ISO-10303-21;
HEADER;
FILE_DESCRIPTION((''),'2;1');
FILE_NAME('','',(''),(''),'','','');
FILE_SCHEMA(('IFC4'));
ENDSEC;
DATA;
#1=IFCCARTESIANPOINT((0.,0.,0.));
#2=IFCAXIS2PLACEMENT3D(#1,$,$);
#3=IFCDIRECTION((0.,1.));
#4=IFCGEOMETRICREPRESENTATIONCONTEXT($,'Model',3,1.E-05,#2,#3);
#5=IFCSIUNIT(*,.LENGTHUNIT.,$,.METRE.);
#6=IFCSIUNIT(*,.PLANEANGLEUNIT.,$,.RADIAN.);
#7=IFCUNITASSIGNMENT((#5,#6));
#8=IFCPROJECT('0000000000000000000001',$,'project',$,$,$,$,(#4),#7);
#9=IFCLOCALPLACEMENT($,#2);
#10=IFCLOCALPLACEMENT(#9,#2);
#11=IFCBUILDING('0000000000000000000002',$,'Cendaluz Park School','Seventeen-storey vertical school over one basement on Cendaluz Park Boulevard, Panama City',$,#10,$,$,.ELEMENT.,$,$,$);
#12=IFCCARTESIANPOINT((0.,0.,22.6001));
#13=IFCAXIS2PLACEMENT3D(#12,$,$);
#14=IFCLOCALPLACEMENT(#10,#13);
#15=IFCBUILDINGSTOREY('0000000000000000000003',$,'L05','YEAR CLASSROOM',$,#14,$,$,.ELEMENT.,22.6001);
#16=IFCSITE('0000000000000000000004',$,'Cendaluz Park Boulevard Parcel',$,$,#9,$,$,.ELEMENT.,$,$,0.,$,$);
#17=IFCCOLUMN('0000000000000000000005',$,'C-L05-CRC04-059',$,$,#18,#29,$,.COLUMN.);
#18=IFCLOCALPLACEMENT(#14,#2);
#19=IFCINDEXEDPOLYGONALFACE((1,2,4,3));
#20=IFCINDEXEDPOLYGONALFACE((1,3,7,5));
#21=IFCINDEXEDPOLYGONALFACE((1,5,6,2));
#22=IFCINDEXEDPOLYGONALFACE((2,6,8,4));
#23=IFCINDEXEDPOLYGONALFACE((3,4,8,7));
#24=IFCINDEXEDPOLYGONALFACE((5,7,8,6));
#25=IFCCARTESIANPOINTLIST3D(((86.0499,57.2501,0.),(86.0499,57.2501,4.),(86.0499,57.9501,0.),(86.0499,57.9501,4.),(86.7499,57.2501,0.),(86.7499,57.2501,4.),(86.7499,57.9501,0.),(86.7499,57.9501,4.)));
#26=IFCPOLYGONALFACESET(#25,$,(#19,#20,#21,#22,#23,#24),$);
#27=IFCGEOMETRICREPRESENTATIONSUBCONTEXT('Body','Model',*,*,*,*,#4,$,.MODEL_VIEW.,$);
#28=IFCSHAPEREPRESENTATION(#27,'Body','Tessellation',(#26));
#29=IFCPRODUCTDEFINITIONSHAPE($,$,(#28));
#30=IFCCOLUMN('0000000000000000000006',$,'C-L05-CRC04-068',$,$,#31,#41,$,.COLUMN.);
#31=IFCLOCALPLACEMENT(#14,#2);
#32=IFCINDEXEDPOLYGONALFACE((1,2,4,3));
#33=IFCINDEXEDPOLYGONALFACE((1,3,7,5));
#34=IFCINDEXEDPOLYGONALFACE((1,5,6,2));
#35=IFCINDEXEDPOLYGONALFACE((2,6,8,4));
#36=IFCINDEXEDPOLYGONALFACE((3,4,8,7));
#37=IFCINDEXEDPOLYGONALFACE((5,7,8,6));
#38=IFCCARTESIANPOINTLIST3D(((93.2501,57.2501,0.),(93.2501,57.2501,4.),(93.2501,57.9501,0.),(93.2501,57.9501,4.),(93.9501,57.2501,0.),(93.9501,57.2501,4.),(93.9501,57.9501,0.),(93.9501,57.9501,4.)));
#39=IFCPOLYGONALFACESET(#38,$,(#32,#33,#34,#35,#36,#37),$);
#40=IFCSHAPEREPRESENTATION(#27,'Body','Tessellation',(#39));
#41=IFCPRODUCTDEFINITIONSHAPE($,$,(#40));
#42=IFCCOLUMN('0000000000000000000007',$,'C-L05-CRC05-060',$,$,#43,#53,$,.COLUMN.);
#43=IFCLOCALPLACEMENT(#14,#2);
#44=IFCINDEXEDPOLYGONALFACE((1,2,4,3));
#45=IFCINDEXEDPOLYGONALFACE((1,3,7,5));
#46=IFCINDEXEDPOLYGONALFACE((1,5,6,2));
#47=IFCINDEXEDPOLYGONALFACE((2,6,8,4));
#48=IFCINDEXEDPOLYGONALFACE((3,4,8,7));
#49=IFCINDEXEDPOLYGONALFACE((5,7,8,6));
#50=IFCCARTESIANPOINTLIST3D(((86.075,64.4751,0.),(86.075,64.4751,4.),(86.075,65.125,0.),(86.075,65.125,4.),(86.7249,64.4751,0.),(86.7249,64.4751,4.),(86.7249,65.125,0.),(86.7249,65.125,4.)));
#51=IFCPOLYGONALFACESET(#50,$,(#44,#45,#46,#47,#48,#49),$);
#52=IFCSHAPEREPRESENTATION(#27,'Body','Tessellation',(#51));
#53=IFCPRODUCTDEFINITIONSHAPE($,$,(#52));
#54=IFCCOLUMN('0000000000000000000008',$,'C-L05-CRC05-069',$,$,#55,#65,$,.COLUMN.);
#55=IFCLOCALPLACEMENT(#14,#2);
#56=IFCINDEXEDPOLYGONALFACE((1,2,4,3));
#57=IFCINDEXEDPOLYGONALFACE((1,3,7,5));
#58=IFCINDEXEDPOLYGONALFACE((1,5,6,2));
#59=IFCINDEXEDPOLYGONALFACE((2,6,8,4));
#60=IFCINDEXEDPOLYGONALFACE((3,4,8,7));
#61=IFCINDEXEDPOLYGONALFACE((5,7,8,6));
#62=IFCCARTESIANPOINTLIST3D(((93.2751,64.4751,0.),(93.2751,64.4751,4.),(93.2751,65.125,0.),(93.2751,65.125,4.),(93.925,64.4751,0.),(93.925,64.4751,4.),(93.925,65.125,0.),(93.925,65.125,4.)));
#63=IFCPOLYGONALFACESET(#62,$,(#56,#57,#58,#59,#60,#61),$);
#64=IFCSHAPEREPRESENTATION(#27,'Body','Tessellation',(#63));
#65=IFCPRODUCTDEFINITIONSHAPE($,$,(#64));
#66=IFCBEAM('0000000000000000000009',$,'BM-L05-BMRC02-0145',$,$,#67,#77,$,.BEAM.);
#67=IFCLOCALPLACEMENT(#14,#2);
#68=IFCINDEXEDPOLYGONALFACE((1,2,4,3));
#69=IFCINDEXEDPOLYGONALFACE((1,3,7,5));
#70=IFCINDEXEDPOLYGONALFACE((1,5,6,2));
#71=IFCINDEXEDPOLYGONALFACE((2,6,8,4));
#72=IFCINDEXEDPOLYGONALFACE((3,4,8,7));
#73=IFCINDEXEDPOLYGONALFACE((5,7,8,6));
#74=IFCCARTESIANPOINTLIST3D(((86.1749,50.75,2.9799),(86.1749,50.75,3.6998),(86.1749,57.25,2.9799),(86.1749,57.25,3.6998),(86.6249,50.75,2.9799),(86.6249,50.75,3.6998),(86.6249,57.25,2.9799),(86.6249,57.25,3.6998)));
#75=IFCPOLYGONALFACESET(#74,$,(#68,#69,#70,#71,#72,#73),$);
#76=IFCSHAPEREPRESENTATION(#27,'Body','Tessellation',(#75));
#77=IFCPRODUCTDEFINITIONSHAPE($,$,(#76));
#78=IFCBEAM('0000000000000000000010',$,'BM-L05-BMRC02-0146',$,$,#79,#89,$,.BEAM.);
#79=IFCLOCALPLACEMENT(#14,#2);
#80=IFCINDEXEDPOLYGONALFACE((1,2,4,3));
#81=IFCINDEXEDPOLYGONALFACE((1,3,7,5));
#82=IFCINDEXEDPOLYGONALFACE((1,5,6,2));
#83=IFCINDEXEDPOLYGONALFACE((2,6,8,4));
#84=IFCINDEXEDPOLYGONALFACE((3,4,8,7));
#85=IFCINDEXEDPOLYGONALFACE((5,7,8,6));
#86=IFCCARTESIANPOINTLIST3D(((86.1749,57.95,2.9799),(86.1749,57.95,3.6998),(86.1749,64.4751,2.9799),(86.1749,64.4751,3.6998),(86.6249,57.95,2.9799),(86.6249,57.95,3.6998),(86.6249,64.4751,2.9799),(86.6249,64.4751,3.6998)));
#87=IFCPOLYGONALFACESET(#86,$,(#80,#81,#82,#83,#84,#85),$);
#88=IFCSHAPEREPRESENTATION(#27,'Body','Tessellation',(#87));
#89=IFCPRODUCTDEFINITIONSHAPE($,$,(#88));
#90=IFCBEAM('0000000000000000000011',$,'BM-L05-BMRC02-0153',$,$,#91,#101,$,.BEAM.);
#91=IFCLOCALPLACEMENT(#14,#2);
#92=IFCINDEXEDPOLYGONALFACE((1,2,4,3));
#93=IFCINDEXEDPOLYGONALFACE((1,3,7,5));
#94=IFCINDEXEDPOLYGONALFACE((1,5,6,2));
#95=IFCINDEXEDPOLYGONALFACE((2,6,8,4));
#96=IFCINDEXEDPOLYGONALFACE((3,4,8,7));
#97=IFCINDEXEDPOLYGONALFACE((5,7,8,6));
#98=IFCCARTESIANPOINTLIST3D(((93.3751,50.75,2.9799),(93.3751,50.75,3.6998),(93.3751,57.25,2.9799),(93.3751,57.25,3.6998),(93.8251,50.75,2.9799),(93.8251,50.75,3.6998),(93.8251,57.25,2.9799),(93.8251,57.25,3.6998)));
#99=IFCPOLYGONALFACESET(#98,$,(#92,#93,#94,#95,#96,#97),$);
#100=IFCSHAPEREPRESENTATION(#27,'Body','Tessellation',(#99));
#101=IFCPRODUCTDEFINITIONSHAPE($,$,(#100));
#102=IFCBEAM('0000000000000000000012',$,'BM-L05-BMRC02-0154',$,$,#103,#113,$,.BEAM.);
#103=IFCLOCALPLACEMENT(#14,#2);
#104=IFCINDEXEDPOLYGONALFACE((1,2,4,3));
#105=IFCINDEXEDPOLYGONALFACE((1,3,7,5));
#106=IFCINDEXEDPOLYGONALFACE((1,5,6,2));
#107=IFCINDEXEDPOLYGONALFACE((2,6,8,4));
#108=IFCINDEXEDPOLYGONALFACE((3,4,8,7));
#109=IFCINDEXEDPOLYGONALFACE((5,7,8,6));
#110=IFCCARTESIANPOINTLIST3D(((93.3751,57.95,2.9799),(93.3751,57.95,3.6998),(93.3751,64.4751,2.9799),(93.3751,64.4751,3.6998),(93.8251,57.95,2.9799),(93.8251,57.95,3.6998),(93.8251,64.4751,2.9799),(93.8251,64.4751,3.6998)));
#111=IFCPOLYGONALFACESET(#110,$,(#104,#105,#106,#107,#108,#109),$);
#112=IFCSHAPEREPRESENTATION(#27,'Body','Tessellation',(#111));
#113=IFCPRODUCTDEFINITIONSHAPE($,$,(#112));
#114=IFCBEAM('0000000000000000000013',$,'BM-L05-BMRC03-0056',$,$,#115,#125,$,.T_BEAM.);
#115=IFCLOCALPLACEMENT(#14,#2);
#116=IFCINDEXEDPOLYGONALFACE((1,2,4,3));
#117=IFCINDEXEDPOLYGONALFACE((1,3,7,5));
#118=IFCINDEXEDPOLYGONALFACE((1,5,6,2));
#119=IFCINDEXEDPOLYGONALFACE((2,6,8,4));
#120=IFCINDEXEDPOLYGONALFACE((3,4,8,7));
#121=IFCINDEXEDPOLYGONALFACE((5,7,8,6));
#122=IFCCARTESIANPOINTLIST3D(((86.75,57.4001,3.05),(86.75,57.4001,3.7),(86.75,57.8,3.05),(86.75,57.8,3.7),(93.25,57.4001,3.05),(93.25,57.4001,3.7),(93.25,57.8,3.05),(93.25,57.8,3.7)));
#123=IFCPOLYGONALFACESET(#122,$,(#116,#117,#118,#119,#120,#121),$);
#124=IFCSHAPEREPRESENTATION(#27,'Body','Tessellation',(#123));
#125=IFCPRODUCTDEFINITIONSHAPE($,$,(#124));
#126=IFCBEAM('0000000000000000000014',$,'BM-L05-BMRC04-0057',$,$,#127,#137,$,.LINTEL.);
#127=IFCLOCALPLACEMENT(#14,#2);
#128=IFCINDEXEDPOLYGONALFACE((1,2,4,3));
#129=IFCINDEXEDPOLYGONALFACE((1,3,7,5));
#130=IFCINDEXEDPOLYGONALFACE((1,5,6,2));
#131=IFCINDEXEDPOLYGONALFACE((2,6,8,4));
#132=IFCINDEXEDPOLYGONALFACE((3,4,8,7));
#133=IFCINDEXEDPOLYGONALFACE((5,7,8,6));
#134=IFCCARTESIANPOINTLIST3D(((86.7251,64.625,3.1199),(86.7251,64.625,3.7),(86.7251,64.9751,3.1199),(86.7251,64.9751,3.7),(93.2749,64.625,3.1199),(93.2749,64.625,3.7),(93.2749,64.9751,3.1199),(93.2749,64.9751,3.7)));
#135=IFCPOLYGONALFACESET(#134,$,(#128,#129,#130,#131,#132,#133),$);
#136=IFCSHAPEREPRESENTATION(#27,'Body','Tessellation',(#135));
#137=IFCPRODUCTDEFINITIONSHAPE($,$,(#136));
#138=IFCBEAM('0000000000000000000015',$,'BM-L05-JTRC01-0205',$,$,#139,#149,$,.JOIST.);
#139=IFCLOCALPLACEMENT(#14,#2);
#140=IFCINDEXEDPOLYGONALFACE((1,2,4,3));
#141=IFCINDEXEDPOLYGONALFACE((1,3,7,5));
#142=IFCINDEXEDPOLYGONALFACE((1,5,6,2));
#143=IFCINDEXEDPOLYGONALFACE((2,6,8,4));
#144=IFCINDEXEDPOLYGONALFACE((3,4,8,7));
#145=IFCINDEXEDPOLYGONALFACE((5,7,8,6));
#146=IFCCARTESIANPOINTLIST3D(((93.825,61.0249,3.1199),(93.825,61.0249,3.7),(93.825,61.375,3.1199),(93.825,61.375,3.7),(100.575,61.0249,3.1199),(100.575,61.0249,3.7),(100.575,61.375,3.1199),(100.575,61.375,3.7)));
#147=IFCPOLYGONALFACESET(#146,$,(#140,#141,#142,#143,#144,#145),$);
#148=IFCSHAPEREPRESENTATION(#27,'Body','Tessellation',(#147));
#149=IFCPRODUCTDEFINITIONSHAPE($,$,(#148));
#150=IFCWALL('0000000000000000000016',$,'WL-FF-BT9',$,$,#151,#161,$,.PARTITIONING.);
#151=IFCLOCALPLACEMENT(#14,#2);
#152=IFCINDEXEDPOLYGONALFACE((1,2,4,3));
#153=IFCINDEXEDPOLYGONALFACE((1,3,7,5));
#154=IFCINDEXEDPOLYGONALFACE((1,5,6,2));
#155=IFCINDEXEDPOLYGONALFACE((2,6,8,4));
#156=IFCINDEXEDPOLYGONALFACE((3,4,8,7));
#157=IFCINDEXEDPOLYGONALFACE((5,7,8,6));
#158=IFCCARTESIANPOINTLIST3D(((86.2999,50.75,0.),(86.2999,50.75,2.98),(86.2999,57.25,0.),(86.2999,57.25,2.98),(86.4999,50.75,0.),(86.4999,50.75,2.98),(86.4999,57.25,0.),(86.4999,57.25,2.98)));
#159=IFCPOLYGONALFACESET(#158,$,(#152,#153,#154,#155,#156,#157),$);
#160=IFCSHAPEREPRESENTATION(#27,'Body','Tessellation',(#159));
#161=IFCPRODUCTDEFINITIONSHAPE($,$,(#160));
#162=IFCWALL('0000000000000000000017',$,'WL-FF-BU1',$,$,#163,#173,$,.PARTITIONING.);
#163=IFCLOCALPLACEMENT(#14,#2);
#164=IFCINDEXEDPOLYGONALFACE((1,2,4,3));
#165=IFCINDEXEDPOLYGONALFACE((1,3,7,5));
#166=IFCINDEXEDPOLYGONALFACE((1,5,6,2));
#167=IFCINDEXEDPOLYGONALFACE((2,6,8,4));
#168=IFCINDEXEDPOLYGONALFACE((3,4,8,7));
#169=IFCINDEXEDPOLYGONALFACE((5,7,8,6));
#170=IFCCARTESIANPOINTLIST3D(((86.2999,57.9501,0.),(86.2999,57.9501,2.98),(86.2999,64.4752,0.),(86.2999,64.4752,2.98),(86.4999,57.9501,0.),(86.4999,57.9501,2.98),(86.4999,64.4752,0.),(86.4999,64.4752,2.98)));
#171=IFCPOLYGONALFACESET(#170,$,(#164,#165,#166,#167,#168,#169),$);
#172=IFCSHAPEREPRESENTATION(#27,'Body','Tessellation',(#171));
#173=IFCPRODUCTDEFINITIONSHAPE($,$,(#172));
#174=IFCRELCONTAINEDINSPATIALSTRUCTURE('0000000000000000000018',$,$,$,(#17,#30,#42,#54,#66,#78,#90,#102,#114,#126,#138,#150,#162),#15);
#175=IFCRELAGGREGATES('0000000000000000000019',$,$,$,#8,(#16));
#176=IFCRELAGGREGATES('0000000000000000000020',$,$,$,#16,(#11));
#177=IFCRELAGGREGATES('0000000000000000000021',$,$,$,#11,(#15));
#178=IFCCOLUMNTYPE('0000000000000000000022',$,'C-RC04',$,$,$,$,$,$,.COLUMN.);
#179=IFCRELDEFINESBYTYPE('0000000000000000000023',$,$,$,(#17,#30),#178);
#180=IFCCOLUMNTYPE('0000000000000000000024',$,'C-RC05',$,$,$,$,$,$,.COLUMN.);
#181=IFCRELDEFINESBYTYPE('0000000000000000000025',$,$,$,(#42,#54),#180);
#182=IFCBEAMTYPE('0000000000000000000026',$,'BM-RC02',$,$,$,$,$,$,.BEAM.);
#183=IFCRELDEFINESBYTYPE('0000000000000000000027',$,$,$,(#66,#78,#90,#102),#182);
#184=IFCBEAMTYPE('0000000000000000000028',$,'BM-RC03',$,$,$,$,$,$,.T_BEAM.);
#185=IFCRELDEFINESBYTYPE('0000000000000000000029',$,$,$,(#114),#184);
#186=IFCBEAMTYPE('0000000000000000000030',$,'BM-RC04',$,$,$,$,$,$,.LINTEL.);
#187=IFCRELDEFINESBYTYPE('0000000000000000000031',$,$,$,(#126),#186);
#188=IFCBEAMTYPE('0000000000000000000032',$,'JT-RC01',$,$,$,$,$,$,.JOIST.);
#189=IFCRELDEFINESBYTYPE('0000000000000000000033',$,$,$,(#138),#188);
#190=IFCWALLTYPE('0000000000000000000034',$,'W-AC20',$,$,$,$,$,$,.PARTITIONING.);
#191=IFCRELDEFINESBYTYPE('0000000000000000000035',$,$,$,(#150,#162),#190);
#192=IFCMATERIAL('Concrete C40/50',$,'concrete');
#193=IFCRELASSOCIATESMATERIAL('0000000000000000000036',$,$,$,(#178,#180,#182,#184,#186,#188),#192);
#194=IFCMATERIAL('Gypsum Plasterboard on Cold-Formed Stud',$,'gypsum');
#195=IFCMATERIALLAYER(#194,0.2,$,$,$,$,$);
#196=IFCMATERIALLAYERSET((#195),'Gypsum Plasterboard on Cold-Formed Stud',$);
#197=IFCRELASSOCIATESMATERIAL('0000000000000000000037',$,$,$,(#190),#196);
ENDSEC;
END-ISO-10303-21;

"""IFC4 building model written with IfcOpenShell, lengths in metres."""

from ifc_helpers import new_model, si_unit, direction, frame, frame_2d, origin, origin_2d, place, context, subcontext, project, spatial, rectangle, extrude, material, layer, layer_set, material_profile, profile_set, type_object, element, save


model = new_model("IFC4")

# Units and contexts
model_context = context("Model", 3, precision=1e-05, world=origin(), true_north=direction((0.0, 1.0)))
body_context = subcontext(model_context, "Body", "Model", "MODEL_VIEW")
ifc_project = project(units=[si_unit("LENGTHUNIT", "METRE"), si_unit("PLANEANGLEUNIT", "RADIAN")], contexts=[model_context])

# Site, building, storey
site_placement = place(None, origin())
site = spatial("IfcSite", under=ifc_project, at=site_placement, Name="Cendaluz Park Boulevard Parcel", CompositionType="ELEMENT", RefElevation=0.0)
building_placement = place(site_placement, origin())
building = spatial("IfcBuilding", under=site, at=building_placement, Name="Cendaluz Park School", Description="Seventeen-storey vertical school over one basement on Cendaluz Park Boulevard, Panama City", CompositionType="ELEMENT")
storey_placement = place(building_placement, frame((0.0, 0.0, 22.6001)))
storey = spatial("IfcBuildingStorey", under=building, at=storey_placement, Name="L05", Description="YEAR CLASSROOM", CompositionType="ELEMENT", Elevation=22.6001)

# Columns
ifc_material_1 = material(Name="Concrete C40/50", Category="concrete")
ifc_material_profile_1 = material_profile(ifc_material_1, rectangle(XDim=0.7, YDim=0.7, at=origin_2d()), Name="RC 700x700", Category="concrete")
ifc_profile_set_1 = profile_set([ifc_material_profile_1], Name="Concrete C40/50")
column_type_1 = type_object("IfcColumnType", Name="C-RC04", PredefinedType="COLUMN", material=ifc_profile_set_1)
for number, where, z_axis, x_axis, name in (
    (1, (86.3999, 57.6001, 0.0), (0.0, 0.0, 1.0), (1.0, 0.0, 0.0), "C-L05-CRC04-059"),
    (2, (93.6001, 57.6001, 0.0), (0.0, 0.0, 1.0), (1.0, 0.0, 0.0), "C-L05-CRC04-068"),
):
    element("IfcColumn", number, at=place(storey_placement, frame(where, z_axis=z_axis, x_axis=x_axis)), inside=storey, type_object=column_type_1, Name=name, PredefinedType="COLUMN", context=body_context, shape_type="SweptSolid", body=[
        extrude(rectangle(XDim=0.7, YDim=0.7, at=origin_2d()), origin(), (0.0, 0.0, 1.0), 4.0),
    ])
ifc_material_profile_2 = material_profile(ifc_material_1, rectangle(XDim=0.6499, YDim=0.6499, at=origin_2d()), Name="RC 650x650", Category="concrete")
ifc_profile_set_2 = profile_set([ifc_material_profile_2], Name="Concrete C40/50")
column_type_2 = type_object("IfcColumnType", Name="C-RC05", PredefinedType="COLUMN", material=ifc_profile_set_2)
for number, where, z_axis, x_axis, name in (
    (3, (86.3999, 64.8, 0.0), (0.0, 0.0, 1.0), (1.0, 0.0, 0.0), "C-L05-CRC05-060"),
    (4, (93.6001, 64.8, 0.0), (0.0, 0.0, 1.0), (1.0, 0.0, 0.0), "C-L05-CRC05-069"),
):
    element("IfcColumn", number, at=place(storey_placement, frame(where, z_axis=z_axis, x_axis=x_axis)), inside=storey, type_object=column_type_2, Name=name, PredefinedType="COLUMN", context=body_context, shape_type="SweptSolid", body=[
        extrude(rectangle(XDim=0.6499, YDim=0.6499, at=origin_2d()), origin(), (0.0, 0.0, 1.0), 4.0),
    ])

# Beams
ifc_material_profile_3 = material_profile(ifc_material_1, rectangle(XDim=0.45, YDim=0.72, at=origin_2d()), Name="RC 450x720", Category="concrete")
ifc_profile_set_3 = profile_set([ifc_material_profile_3], Name="Concrete C40/50")
beam_type_1 = type_object("IfcBeamType", Name="BM-RC02", PredefinedType="BEAM", material=ifc_profile_set_3)
beam_1_placement = place(storey_placement, frame((86.3999, 50.75, 3.3398), z_axis=(0.0, 1.0, 0.0), x_axis=(-1.0, 0.0, 0.0)))
element("IfcBeam", 5, at=beam_1_placement, inside=storey, type_object=beam_type_1, Name="BM-L05-BMRC02-0145", PredefinedType="BEAM", context=body_context, shape_type="SweptSolid", body=[
    extrude(rectangle(XDim=0.45, YDim=0.72, at=origin_2d()), origin(), (0.0, 0.0, 1.0), 6.5),
])
beam_2_placement = place(storey_placement, frame((86.3999, 57.95, 3.3398), z_axis=(0.0, 1.0, 0.0), x_axis=(-1.0, 0.0, 0.0)))
element("IfcBeam", 6, at=beam_2_placement, inside=storey, type_object=beam_type_1, Name="BM-L05-BMRC02-0146", PredefinedType="BEAM", context=body_context, shape_type="SweptSolid", body=[
    extrude(rectangle(XDim=0.45, YDim=0.72, at=origin_2d()), origin(), (0.0, 0.0, 1.0), 6.5251),
])
beam_3_placement = place(storey_placement, frame((93.6001, 50.75, 3.3398), z_axis=(0.0, 1.0, 0.0), x_axis=(-1.0, 0.0, 0.0)))
element("IfcBeam", 7, at=beam_3_placement, inside=storey, type_object=beam_type_1, Name="BM-L05-BMRC02-0153", PredefinedType="BEAM", context=body_context, shape_type="SweptSolid", body=[
    extrude(rectangle(XDim=0.45, YDim=0.72, at=origin_2d()), origin(), (0.0, 0.0, 1.0), 6.5),
])
beam_4_placement = place(storey_placement, frame((93.6001, 57.95, 3.3398), z_axis=(0.0, 1.0, 0.0), x_axis=(-1.0, 0.0, 0.0)))
element("IfcBeam", 8, at=beam_4_placement, inside=storey, type_object=beam_type_1, Name="BM-L05-BMRC02-0154", PredefinedType="BEAM", context=body_context, shape_type="SweptSolid", body=[
    extrude(rectangle(XDim=0.45, YDim=0.72, at=origin_2d()), origin(), (0.0, 0.0, 1.0), 6.5251),
])
ifc_material_profile_4 = material_profile(ifc_material_1, rectangle(XDim=0.3999, YDim=0.6499, at=origin_2d()), Name="RC 400x650", Category="concrete")
ifc_profile_set_4 = profile_set([ifc_material_profile_4], Name="Concrete C40/50")
beam_type_2 = type_object("IfcBeamType", Name="BM-RC03", PredefinedType="T_BEAM", material=ifc_profile_set_4)
beam_5_placement = place(storey_placement, frame((86.75, 57.6001, 3.375), z_axis=(1.0, 0.0, 0.0), x_axis=(0.0, 1.0, 0.0)))
element("IfcBeam", 9, at=beam_5_placement, inside=storey, type_object=beam_type_2, Name="BM-L05-BMRC03-0056", PredefinedType="T_BEAM", context=body_context, shape_type="SweptSolid", body=[
    extrude(rectangle(XDim=0.3999, YDim=0.6499, at=origin_2d()), origin(), (0.0, 0.0, 1.0), 6.5),
])
ifc_material_profile_5 = material_profile(ifc_material_1, rectangle(XDim=0.3501, YDim=0.5801, at=origin_2d()), Name="RC 350x580", Category="concrete")
ifc_profile_set_5 = profile_set([ifc_material_profile_5], Name="Concrete C40/50")
beam_type_3 = type_object("IfcBeamType", Name="BM-RC04", PredefinedType="LINTEL", material=ifc_profile_set_5)
beam_6_placement = place(storey_placement, frame((86.7251, 64.8, 3.4099), z_axis=(1.0, 0.0, 0.0), x_axis=(0.0, 1.0, 0.0)))
element("IfcBeam", 10, at=beam_6_placement, inside=storey, type_object=beam_type_3, Name="BM-L05-BMRC04-0057", PredefinedType="LINTEL", context=body_context, shape_type="SweptSolid", body=[
    extrude(rectangle(XDim=0.3501, YDim=0.5801, at=origin_2d()), origin(), (0.0, 0.0, 1.0), 6.5498),
])
ifc_material_profile_6 = material_profile(ifc_material_1, rectangle(XDim=0.3501, YDim=0.5801, at=origin_2d()), Name="RC 350x580", Category="concrete")
ifc_profile_set_6 = profile_set([ifc_material_profile_6], Name="Concrete C40/50")
beam_type_4 = type_object("IfcBeamType", Name="JT-RC01", PredefinedType="JOIST", material=ifc_profile_set_6)
beam_7_placement = place(storey_placement, frame((93.825, 61.2, 3.4099), z_axis=(1.0, 0.0, 0.0), x_axis=(0.0, 1.0, 0.0)))
element("IfcBeam", 11, at=beam_7_placement, inside=storey, type_object=beam_type_4, Name="BM-L05-JTRC01-0205", PredefinedType="JOIST", context=body_context, shape_type="SweptSolid", body=[
    extrude(rectangle(XDim=0.3501, YDim=0.5801, at=origin_2d()), origin(), (0.0, 0.0, 1.0), 6.75),
])

# Walls
ifc_material_2 = material(Name="Gypsum Plasterboard on Cold-Formed Stud", Category="gypsum")
ifc_layer_1 = layer(ifc_material_2, 0.2)
ifc_layer_set_1 = layer_set([ifc_layer_1], Name="Gypsum Plasterboard on Cold-Formed Stud")
wall_type_1 = type_object("IfcWallType", Name="W-AC20", PredefinedType="PARTITIONING", material=ifc_layer_set_1)
wall_1_placement = place(storey_placement, frame((86.3999, 50.75, 0.0), z_axis=(0.0, 0.0, 1.0), x_axis=(0.0, 1.0, 0.0)))
element("IfcWall", 12, at=wall_1_placement, inside=storey, type_object=wall_type_1, Name="WL-FF-BT9", PredefinedType="PARTITIONING", context=body_context, shape_type="SweptSolid", body=[
    extrude(rectangle(XDim=6.5, YDim=0.2, at=frame_2d((3.25, 0.0))), origin(), (0.0, 0.0, 1.0), 2.98),
])
wall_2_placement = place(storey_placement, frame((86.3999, 57.95, 0.0), z_axis=(0.0, 0.0, 1.0), x_axis=(0.0, 1.0, 0.0)))
element("IfcWall", 13, at=wall_2_placement, inside=storey, type_object=wall_type_1, Name="WL-FF-BU1", PredefinedType="PARTITIONING", context=body_context, shape_type="SweptSolid", body=[
    extrude(rectangle(XDim=6.5251, YDim=0.2, at=frame_2d((3.2627, 0.0))), origin(), (0.0, 0.0, 1.0), 2.98),
])

save(model, "model.ifc")
